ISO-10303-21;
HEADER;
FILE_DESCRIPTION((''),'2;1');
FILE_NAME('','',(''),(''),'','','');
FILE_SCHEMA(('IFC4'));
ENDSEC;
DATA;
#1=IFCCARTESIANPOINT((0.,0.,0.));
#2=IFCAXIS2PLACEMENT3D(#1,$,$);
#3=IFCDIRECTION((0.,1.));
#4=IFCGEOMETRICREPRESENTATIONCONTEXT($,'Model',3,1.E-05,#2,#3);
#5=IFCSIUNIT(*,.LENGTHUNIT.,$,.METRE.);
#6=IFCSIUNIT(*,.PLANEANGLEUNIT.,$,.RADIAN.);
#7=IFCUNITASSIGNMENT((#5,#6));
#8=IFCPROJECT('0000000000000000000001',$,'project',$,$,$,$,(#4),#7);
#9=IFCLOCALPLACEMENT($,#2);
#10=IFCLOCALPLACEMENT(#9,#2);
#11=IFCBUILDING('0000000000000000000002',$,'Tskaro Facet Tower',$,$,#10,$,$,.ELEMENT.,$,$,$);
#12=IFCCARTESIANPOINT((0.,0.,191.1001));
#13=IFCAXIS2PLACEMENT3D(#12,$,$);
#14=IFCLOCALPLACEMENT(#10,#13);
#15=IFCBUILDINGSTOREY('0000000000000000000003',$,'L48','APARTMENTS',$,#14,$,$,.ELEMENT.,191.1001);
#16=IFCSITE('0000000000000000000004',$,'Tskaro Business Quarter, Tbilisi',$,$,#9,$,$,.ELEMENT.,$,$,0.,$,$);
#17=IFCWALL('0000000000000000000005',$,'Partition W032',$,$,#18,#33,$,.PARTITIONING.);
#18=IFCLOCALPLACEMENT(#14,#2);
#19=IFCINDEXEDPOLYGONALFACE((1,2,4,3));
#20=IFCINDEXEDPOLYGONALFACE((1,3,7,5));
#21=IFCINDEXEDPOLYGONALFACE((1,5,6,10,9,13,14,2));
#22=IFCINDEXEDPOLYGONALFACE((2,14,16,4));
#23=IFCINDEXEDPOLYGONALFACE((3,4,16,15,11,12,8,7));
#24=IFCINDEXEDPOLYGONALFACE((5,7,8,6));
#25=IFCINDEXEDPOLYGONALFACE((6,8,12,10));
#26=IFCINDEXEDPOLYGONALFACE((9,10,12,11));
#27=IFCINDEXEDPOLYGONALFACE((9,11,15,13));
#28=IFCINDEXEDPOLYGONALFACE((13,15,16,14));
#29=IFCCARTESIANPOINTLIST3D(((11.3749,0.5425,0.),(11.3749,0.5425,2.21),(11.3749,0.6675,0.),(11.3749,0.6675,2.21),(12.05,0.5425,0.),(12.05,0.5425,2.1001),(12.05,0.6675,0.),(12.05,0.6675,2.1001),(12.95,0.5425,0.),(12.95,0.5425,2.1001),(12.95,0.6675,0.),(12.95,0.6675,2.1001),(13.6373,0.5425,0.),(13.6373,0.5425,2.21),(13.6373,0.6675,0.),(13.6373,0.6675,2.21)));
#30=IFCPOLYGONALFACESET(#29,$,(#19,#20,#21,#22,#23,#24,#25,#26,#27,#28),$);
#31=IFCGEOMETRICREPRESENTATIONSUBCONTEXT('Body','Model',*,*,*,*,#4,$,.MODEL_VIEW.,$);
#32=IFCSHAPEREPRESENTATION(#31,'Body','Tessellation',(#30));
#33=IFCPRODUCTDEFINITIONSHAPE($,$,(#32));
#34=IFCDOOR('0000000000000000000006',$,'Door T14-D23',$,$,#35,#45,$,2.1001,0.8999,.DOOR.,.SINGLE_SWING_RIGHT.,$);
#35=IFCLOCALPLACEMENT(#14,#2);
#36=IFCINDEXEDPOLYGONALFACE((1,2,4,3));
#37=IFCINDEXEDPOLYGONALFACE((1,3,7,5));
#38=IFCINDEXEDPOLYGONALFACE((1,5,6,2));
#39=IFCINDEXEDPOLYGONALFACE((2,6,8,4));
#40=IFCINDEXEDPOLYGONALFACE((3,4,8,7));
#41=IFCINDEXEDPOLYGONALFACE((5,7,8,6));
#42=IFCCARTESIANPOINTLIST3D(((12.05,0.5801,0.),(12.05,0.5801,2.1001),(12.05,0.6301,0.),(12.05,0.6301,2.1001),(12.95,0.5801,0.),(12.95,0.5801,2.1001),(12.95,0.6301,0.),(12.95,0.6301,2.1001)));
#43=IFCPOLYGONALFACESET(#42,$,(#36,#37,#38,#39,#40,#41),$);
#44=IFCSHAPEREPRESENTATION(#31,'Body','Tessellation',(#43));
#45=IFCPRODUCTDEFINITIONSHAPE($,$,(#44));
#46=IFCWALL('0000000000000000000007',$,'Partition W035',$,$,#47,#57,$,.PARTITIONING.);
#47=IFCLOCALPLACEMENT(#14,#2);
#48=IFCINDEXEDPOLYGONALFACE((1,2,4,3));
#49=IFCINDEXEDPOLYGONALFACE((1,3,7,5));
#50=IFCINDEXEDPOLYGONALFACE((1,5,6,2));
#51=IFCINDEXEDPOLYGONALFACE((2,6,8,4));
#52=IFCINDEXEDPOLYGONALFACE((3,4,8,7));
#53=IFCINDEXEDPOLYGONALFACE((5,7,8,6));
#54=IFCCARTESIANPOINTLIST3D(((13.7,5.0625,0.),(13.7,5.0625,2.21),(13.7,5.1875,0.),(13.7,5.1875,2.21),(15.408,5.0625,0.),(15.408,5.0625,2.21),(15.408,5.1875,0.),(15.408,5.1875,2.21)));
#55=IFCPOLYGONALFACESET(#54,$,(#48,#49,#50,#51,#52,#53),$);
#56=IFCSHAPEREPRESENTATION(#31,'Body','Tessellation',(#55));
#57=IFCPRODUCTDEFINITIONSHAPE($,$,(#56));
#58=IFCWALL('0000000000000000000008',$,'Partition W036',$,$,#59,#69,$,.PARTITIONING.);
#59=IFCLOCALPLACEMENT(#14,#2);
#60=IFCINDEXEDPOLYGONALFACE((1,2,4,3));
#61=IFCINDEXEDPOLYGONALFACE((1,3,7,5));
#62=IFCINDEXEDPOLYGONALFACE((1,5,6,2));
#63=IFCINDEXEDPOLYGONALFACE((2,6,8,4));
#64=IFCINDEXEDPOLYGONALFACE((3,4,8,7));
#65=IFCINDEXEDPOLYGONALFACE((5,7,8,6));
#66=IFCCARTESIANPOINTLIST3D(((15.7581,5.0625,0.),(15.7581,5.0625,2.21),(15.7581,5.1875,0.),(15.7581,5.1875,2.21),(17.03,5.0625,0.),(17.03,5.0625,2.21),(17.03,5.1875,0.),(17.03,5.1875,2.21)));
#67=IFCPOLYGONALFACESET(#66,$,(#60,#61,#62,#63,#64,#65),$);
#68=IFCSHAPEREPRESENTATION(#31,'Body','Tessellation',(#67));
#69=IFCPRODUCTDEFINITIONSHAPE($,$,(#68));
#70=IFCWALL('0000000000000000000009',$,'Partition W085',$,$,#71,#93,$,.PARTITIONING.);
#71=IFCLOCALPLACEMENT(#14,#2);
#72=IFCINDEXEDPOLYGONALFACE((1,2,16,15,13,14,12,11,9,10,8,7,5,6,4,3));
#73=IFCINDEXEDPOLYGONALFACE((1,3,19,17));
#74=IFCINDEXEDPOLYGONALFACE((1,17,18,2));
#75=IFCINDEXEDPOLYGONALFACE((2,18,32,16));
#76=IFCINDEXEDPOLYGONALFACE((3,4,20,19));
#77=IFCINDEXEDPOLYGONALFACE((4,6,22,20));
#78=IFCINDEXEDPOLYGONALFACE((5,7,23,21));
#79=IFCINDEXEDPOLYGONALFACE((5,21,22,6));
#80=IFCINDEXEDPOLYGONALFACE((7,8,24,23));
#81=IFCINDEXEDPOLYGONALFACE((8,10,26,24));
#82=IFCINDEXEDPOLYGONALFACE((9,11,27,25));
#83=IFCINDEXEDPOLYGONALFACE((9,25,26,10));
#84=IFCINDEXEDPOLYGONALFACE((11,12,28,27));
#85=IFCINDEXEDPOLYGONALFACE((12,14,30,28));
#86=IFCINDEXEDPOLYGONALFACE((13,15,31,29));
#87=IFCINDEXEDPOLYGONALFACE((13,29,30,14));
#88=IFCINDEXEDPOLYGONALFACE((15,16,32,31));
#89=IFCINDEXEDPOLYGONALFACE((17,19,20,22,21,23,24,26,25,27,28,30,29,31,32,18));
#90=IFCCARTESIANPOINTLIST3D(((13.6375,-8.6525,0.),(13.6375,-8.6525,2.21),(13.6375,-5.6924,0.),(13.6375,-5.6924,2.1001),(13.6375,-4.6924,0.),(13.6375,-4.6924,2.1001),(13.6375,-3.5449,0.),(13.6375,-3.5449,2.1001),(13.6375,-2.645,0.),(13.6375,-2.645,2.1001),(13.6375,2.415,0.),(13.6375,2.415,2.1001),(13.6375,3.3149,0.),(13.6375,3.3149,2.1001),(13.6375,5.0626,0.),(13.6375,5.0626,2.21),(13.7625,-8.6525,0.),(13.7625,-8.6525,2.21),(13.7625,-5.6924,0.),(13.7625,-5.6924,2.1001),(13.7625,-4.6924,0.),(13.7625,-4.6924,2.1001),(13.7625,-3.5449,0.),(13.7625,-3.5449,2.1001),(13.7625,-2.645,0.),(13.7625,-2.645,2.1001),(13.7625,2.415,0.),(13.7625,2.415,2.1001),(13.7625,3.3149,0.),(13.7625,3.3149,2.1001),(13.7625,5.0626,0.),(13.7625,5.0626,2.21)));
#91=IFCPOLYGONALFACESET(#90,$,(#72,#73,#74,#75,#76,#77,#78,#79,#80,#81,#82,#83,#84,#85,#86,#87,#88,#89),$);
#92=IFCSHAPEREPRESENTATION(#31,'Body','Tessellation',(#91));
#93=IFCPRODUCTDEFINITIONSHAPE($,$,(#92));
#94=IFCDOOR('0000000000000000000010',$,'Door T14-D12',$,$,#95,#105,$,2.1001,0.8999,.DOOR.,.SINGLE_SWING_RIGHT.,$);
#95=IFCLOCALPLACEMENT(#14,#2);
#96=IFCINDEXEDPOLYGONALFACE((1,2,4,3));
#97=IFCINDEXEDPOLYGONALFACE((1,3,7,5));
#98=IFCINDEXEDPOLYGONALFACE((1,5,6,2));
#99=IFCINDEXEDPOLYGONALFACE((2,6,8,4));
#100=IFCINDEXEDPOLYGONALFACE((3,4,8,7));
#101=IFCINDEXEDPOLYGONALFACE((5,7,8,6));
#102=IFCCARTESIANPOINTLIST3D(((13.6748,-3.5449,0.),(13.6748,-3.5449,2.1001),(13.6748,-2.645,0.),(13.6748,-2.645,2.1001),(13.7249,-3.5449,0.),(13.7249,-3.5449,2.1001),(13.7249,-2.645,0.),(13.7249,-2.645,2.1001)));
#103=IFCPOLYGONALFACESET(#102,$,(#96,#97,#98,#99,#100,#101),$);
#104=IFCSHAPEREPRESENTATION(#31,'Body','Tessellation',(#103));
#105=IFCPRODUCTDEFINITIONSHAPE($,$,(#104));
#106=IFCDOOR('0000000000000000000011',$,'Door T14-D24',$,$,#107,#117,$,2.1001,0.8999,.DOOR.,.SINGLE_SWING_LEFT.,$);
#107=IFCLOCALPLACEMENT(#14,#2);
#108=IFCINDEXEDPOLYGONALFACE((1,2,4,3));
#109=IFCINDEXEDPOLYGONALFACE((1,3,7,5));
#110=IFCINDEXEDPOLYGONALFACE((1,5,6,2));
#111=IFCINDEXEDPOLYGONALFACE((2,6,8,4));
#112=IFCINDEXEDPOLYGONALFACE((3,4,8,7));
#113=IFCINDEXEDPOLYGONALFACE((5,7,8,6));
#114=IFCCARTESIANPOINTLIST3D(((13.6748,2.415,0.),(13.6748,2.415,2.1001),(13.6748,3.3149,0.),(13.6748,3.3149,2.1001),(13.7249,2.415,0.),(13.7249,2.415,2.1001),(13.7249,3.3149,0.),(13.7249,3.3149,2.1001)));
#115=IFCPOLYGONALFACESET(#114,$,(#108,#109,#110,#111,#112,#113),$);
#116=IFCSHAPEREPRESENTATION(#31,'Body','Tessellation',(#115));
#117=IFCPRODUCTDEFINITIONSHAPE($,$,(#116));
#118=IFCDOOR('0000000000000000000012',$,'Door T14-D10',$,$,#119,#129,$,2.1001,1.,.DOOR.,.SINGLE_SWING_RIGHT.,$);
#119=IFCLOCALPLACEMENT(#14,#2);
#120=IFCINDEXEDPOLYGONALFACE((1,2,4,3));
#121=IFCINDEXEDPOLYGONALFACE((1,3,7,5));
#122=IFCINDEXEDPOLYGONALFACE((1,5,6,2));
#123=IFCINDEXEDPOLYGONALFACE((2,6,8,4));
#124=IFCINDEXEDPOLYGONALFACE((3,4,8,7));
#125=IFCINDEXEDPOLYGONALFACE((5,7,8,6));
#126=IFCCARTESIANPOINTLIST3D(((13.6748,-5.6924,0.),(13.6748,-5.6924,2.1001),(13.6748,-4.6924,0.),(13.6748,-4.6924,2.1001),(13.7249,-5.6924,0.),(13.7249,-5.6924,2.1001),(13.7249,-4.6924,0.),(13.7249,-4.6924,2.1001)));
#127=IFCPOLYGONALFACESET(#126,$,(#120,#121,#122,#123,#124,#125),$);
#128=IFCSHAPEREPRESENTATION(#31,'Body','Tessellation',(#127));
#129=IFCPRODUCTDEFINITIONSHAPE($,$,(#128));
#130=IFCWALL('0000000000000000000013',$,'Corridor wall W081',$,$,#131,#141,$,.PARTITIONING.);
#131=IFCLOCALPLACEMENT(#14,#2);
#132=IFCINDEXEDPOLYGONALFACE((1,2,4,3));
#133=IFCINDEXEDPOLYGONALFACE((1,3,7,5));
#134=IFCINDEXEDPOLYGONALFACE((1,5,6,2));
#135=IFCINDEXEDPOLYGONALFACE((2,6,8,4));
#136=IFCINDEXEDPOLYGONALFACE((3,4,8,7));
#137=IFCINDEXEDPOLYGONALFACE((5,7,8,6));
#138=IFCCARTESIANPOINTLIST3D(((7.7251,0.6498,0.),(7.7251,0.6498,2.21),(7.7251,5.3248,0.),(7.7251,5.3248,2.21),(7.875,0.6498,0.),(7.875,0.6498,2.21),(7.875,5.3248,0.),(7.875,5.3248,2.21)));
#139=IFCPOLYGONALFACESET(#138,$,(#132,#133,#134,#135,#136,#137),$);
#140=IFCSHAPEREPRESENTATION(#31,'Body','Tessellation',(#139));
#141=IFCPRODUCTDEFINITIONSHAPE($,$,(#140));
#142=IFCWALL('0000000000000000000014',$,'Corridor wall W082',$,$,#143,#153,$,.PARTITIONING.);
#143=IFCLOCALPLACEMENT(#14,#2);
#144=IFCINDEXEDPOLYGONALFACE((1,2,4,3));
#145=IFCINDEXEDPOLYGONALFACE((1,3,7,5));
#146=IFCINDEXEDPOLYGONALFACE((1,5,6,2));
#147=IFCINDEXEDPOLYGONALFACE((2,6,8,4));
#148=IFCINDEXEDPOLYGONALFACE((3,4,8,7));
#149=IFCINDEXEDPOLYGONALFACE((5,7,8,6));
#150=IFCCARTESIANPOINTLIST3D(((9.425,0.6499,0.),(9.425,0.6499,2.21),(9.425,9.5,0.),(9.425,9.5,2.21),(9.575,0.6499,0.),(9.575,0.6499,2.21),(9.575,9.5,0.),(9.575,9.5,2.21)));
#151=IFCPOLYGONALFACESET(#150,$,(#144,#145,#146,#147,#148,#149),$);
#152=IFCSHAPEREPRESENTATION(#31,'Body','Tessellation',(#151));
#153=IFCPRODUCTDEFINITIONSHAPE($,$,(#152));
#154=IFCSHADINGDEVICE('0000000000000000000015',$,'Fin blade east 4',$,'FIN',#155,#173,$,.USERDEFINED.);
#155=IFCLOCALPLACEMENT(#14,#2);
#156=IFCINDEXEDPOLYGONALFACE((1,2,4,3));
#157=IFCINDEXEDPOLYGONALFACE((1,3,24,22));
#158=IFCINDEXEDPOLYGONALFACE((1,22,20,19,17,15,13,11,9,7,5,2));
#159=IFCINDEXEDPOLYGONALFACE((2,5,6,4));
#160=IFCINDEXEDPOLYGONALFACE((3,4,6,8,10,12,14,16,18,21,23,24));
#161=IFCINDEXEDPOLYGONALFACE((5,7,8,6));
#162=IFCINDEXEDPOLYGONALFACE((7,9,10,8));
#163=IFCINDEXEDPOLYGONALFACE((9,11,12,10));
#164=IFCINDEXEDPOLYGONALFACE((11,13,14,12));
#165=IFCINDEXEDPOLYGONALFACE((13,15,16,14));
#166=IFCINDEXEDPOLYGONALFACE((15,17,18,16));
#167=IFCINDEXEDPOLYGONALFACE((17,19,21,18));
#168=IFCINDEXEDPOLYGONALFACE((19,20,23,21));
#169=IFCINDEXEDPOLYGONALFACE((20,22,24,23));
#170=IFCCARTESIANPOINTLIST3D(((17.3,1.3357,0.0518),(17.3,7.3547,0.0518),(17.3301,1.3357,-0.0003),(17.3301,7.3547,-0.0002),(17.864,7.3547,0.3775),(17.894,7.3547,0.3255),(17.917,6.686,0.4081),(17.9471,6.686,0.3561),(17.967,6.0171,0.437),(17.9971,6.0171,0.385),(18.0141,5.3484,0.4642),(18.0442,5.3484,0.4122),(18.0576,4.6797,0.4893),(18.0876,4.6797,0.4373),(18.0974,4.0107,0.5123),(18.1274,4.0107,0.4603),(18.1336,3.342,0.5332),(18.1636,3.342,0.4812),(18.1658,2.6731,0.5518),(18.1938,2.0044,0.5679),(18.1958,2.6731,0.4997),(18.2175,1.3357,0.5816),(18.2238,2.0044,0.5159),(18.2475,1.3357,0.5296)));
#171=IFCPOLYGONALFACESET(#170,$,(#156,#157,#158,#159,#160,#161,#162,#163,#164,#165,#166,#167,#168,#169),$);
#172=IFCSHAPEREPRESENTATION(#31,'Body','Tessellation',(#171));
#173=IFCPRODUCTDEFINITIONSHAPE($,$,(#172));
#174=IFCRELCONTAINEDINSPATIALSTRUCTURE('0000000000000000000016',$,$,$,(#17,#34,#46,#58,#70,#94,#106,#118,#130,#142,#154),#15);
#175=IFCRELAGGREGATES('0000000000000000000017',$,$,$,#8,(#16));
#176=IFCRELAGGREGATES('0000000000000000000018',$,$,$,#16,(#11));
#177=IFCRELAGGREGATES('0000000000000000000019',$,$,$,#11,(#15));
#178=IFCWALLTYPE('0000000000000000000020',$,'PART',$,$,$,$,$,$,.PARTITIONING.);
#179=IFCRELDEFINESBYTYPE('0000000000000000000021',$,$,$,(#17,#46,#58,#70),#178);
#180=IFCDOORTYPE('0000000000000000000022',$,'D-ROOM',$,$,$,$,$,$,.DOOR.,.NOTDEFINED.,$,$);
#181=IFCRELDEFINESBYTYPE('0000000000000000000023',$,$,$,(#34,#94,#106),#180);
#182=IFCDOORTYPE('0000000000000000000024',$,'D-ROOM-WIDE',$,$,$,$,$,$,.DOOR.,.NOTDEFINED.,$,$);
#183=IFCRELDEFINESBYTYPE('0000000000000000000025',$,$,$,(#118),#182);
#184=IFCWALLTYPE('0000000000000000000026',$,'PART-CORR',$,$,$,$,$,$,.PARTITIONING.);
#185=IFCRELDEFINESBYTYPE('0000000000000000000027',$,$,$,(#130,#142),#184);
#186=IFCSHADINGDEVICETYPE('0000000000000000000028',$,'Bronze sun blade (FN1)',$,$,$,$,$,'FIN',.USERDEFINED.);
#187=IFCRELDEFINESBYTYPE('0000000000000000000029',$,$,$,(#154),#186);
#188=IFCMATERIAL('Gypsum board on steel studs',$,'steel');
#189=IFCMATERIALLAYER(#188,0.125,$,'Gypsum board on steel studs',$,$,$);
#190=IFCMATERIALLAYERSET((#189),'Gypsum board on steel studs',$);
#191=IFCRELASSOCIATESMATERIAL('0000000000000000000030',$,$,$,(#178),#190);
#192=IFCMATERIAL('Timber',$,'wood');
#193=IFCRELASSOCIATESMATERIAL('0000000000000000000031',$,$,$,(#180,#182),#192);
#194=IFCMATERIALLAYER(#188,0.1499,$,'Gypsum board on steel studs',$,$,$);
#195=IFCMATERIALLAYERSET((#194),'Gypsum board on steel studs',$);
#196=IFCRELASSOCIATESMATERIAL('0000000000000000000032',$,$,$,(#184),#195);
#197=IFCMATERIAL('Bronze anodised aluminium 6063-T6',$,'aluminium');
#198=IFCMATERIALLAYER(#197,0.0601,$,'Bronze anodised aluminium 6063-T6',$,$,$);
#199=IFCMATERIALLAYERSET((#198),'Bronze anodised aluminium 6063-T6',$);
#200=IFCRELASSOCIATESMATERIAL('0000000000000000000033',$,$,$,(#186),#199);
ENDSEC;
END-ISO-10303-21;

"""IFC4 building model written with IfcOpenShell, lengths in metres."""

from ifc_helpers import new_model, si_unit, direction, frame, frame_2d, origin, place, context, subcontext, project, spatial, polyline, rectangle, outline, extrude, material, layer, layer_set, type_object, element, fill, save


model = new_model("IFC4")

# Units and contexts
model_context = context("Model", 3, precision=1e-05, world=origin(), true_north=direction((0.0, 1.0)))
body_context = subcontext(model_context, "Body", "Model", "MODEL_VIEW")
ifc_project = project(units=[si_unit("LENGTHUNIT", "METRE"), si_unit("PLANEANGLEUNIT", "RADIAN")], contexts=[model_context])

# Site, building, storey
site_placement = place(None, origin())
site = spatial("IfcSite", under=ifc_project, at=site_placement, Name="Tskaro Business Quarter, Tbilisi", CompositionType="ELEMENT", RefElevation=0.0)
building_placement = place(site_placement, origin())
building = spatial("IfcBuilding", under=site, at=building_placement, Name="Tskaro Facet Tower", CompositionType="ELEMENT")
storey_placement = place(building_placement, frame((0.0, 0.0, 191.1001)))
storey = spatial("IfcBuildingStorey", under=building, at=storey_placement, Name="L48", Description="APARTMENTS", CompositionType="ELEMENT", Elevation=191.1001)

# Shared definitions
ifc_material_1 = material(Name="Bronze anodised aluminium 6063-T6", Category="aluminium")

# Wall, opening, door
ifc_material_2 = material(Name="Gypsum board on steel studs", Category="steel")
ifc_layer_1 = layer(ifc_material_2, 0.125, Name="Gypsum board on steel studs")
ifc_layer_set_1 = layer_set([ifc_layer_1], Name="Gypsum board on steel studs")
wall_type_1 = type_object("IfcWallType", Name="PART", PredefinedType="PARTITIONING", material=ifc_layer_set_1)
wall_1_placement = place(storey_placement, frame((13.6375, 0.605, 0.0), z_axis=(0.0, 0.0, 1.0), x_axis=(-1.0, 0.0, 0.0)))
wall_1 = element("IfcWall", 1, at=wall_1_placement, inside=storey, type_object=wall_type_1, Name="Partition W032", PredefinedType="PARTITIONING", context=body_context, shape_type="SweptSolid", body=[
    extrude(rectangle(XDim=2.2625, YDim=0.125, at=frame_2d((1.1313, 0.0))), origin(), (0.0, 0.0, 1.0), 2.21),
])
opening_1_placement = place(wall_1_placement, frame((0.6875, 0.0, 0.0)))
opening_1 = element("IfcOpeningElement", 2, at=opening_1_placement, cuts=wall_1, PredefinedType="OPENING", context=body_context, shape_type="SweptSolid", body=[
    extrude(rectangle(XDim=0.8999, YDim=2.1001, at=frame_2d((0.45, 1.05))), frame((0.0, 0.0725, 0.0), z_axis=(0.0, -1.0, 0.0), x_axis=(1.0, 0.0, 0.0)), (0.0, 0.0, 1.0), 0.145),
])
ifc_material_3 = material(Name="Timber", Category="wood")
door_type_1 = type_object("IfcDoorType", Name="D-ROOM", OperationType="NOTDEFINED", PredefinedType="DOOR", material=ifc_material_3)
door_1_placement = place(opening_1_placement, origin())
door_1 = element("IfcDoor", 3, at=door_1_placement, inside=storey, type_object=door_type_1, Name="Door T14-D23", OperationType="SINGLE_SWING_RIGHT", OverallHeight=2.1001, OverallWidth=0.8999, PredefinedType="DOOR", context=body_context, shape_type="SweptSolid", body=[
    extrude(rectangle(XDim=0.8999, YDim=2.1001, at=frame_2d((0.45, 1.05))), frame((0.0, 0.0249, 0.0), z_axis=(0.0, -1.0, 0.0), x_axis=(1.0, 0.0, 0.0)), (0.0, 0.0, 1.0), 0.05),
])
fill(opening_1, door_1)

# Walls
wall_2_placement = place(storey_placement, frame((13.7, 5.125, 0.0), z_axis=(0.0, 0.0, 1.0), x_axis=(1.0, 0.0, 0.0)))
element("IfcWall", 4, at=wall_2_placement, inside=storey, type_object=wall_type_1, Name="Partition W035", PredefinedType="PARTITIONING", context=body_context, shape_type="SweptSolid", body=[
    extrude(rectangle(XDim=1.708, YDim=0.125, at=frame_2d((0.854, 0.0))), origin(), (0.0, 0.0, 1.0), 2.21),
])
wall_3_placement = place(storey_placement, frame((15.7581, 5.125, 0.0), z_axis=(0.0, 0.0, 1.0), x_axis=(1.0, 0.0, 0.0)))
element("IfcWall", 5, at=wall_3_placement, inside=storey, type_object=wall_type_1, Name="Partition W036", PredefinedType="PARTITIONING", context=body_context, shape_type="SweptSolid", body=[
    extrude(rectangle(XDim=1.272, YDim=0.125, at=frame_2d((0.636, 0.0))), origin(), (0.0, 0.0, 1.0), 2.21),
])

# Wall, openings, doors
wall_4_placement = place(storey_placement, frame((13.7, 5.0625, 0.0), z_axis=(0.0, 0.0, 1.0), x_axis=(0.0, -1.0, 0.0)))
wall_4 = element("IfcWall", 6, at=wall_4_placement, inside=storey, type_object=wall_type_1, Name="Partition W085", PredefinedType="PARTITIONING", context=body_context, shape_type="SweptSolid", body=[
    extrude(rectangle(XDim=13.7151, YDim=0.125, at=frame_2d((6.8574, 0.0))), origin(), (0.0, 0.0, 1.0), 2.21),
])
opening_2_placement = place(wall_4_placement, frame((9.7549, 0.0, 0.0)))
opening_2 = element("IfcOpeningElement", 7, at=opening_2_placement, cuts=wall_4, PredefinedType="OPENING", context=body_context, shape_type="SweptSolid", body=[
    extrude(rectangle(XDim=1.0, YDim=2.1001, at=frame_2d((0.5, 1.05))), frame((0.0, 0.0725, 0.0), z_axis=(0.0, -1.0, 0.0), x_axis=(1.0, 0.0, 0.0)), (0.0, 0.0, 1.0), 0.145),
])
opening_3_placement = place(wall_4_placement, frame((7.7075, 0.0, 0.0)))
opening_3 = element("IfcOpeningElement", 8, at=opening_3_placement, cuts=wall_4, PredefinedType="OPENING", context=body_context, shape_type="SweptSolid", body=[
    extrude(rectangle(XDim=0.8999, YDim=2.1001, at=frame_2d((0.45, 1.05))), frame((0.0, 0.0725, 0.0), z_axis=(0.0, -1.0, 0.0), x_axis=(1.0, 0.0, 0.0)), (0.0, 0.0, 1.0), 0.145),
])
opening_4_placement = place(wall_4_placement, frame((1.7476, 0.0, 0.0)))
opening_4 = element("IfcOpeningElement", 9, at=opening_4_placement, cuts=wall_4, PredefinedType="OPENING", context=body_context, shape_type="SweptSolid", body=[
    extrude(rectangle(XDim=0.8999, YDim=2.1001, at=frame_2d((0.45, 1.05))), frame((0.0, 0.0725, 0.0), z_axis=(0.0, -1.0, 0.0), x_axis=(1.0, 0.0, 0.0)), (0.0, 0.0, 1.0), 0.145),
])
door_2_placement = place(opening_3_placement, origin())
door_2 = element("IfcDoor", 10, at=door_2_placement, inside=storey, type_object=door_type_1, Name="Door T14-D12", OperationType="SINGLE_SWING_RIGHT", OverallHeight=2.1001, OverallWidth=0.8999, PredefinedType="DOOR", context=body_context, shape_type="SweptSolid", body=[
    extrude(rectangle(XDim=0.8999, YDim=2.1001, at=frame_2d((0.45, 1.05))), frame((0.0, 0.0249, 0.0), z_axis=(0.0, -1.0, 0.0), x_axis=(1.0, 0.0, 0.0)), (0.0, 0.0, 1.0), 0.05),
])
fill(opening_3, door_2)
door_3_placement = place(opening_4_placement, origin())
door_3 = element("IfcDoor", 11, at=door_3_placement, inside=storey, type_object=door_type_1, Name="Door T14-D24", OperationType="SINGLE_SWING_LEFT", OverallHeight=2.1001, OverallWidth=0.8999, PredefinedType="DOOR", context=body_context, shape_type="SweptSolid", body=[
    extrude(rectangle(XDim=0.8999, YDim=2.1001, at=frame_2d((0.45, 1.05))), frame((0.0, 0.0249, 0.0), z_axis=(0.0, -1.0, 0.0), x_axis=(1.0, 0.0, 0.0)), (0.0, 0.0, 1.0), 0.05),
])
fill(opening_4, door_3)
door_type_2 = type_object("IfcDoorType", Name="D-ROOM-WIDE", OperationType="NOTDEFINED", PredefinedType="DOOR", material=ifc_material_3)
door_4_placement = place(opening_2_placement, origin())
door_4 = element("IfcDoor", 12, at=door_4_placement, inside=storey, type_object=door_type_2, Name="Door T14-D10", OperationType="SINGLE_SWING_RIGHT", OverallHeight=2.1001, OverallWidth=1.0, PredefinedType="DOOR", context=body_context, shape_type="SweptSolid", body=[
    extrude(rectangle(XDim=1.0, YDim=2.1001, at=frame_2d((0.5, 1.05))), frame((0.0, 0.0249, 0.0), z_axis=(0.0, -1.0, 0.0), x_axis=(1.0, 0.0, 0.0)), (0.0, 0.0, 1.0), 0.05),
])
fill(opening_2, door_4)

# Walls
ifc_layer_2 = layer(ifc_material_2, 0.1499, Name="Gypsum board on steel studs")
ifc_layer_set_2 = layer_set([ifc_layer_2], Name="Gypsum board on steel studs")
wall_type_2 = type_object("IfcWallType", Name="PART-CORR", PredefinedType="PARTITIONING", material=ifc_layer_set_2)
wall_5_placement = place(storey_placement, frame((7.8, 0.6499, 0.0), z_axis=(0.0, 0.0, 1.0), x_axis=(0.0, 1.0, 0.0)))
element("IfcWall", 13, at=wall_5_placement, inside=storey, type_object=wall_type_2, Name="Corridor wall W081", PredefinedType="PARTITIONING", context=body_context, shape_type="SweptSolid", body=[
    extrude(rectangle(XDim=4.675, YDim=0.1499, at=frame_2d((2.3374, 0.0))), origin(), (0.0, 0.0, 1.0), 2.21),
])
wall_6_placement = place(storey_placement, frame((9.5, 0.6499, 0.0), z_axis=(0.0, 0.0, 1.0), x_axis=(0.0, 1.0, 0.0)))
element("IfcWall", 14, at=wall_6_placement, inside=storey, type_object=wall_type_2, Name="Corridor wall W082", PredefinedType="PARTITIONING", context=body_context, shape_type="SweptSolid", body=[
    extrude(rectangle(XDim=8.8501, YDim=0.1499, at=frame_2d((4.425, 0.0))), origin(), (0.0, 0.0, 1.0), 2.21),
])

# Shading device
ifc_layer_3 = layer(ifc_material_1, 0.0601, Name="Bronze anodised aluminium 6063-T6")
ifc_layer_set_3 = layer_set([ifc_layer_3], Name="Bronze anodised aluminium 6063-T6")
shading_device_type = type_object("IfcShadingDeviceType", Name="Bronze sun blade (FN1)", ElementType="FIN", PredefinedType="USERDEFINED", material=ifc_layer_set_3)
shading_device_1_placement = place(storey_placement, frame((17.3, 1.3357, 0.0518), z_axis=(-0.500118, -0.000007, 0.865958), x_axis=(-0.000003, 1.0, 0.000006)))
element("IfcShadingDevice", 15, at=shading_device_1_placement, inside=storey, type_object=shading_device_type, Name="Fin blade east 4", ObjectType="FIN", PredefinedType="USERDEFINED", context=body_context, shape_type="SweptSolid", body=[
    extrude(outline(polyline([(0.0, 0.0), (6.019, 0.0), (6.019, -0.6512), (5.3503, -0.7125), (4.6814, -0.7703), (4.0127, -0.8246), (3.344, -0.8748), (2.675, -0.9208), (2.0063, -0.9626), (1.3374, -0.9997), (0.6687, -1.0321), (0.0, -1.0595), (0.0, 0.0)])), origin(), (0.0, 0.0, -1.0), 0.0601),
])

save(model, "model.ifc")
